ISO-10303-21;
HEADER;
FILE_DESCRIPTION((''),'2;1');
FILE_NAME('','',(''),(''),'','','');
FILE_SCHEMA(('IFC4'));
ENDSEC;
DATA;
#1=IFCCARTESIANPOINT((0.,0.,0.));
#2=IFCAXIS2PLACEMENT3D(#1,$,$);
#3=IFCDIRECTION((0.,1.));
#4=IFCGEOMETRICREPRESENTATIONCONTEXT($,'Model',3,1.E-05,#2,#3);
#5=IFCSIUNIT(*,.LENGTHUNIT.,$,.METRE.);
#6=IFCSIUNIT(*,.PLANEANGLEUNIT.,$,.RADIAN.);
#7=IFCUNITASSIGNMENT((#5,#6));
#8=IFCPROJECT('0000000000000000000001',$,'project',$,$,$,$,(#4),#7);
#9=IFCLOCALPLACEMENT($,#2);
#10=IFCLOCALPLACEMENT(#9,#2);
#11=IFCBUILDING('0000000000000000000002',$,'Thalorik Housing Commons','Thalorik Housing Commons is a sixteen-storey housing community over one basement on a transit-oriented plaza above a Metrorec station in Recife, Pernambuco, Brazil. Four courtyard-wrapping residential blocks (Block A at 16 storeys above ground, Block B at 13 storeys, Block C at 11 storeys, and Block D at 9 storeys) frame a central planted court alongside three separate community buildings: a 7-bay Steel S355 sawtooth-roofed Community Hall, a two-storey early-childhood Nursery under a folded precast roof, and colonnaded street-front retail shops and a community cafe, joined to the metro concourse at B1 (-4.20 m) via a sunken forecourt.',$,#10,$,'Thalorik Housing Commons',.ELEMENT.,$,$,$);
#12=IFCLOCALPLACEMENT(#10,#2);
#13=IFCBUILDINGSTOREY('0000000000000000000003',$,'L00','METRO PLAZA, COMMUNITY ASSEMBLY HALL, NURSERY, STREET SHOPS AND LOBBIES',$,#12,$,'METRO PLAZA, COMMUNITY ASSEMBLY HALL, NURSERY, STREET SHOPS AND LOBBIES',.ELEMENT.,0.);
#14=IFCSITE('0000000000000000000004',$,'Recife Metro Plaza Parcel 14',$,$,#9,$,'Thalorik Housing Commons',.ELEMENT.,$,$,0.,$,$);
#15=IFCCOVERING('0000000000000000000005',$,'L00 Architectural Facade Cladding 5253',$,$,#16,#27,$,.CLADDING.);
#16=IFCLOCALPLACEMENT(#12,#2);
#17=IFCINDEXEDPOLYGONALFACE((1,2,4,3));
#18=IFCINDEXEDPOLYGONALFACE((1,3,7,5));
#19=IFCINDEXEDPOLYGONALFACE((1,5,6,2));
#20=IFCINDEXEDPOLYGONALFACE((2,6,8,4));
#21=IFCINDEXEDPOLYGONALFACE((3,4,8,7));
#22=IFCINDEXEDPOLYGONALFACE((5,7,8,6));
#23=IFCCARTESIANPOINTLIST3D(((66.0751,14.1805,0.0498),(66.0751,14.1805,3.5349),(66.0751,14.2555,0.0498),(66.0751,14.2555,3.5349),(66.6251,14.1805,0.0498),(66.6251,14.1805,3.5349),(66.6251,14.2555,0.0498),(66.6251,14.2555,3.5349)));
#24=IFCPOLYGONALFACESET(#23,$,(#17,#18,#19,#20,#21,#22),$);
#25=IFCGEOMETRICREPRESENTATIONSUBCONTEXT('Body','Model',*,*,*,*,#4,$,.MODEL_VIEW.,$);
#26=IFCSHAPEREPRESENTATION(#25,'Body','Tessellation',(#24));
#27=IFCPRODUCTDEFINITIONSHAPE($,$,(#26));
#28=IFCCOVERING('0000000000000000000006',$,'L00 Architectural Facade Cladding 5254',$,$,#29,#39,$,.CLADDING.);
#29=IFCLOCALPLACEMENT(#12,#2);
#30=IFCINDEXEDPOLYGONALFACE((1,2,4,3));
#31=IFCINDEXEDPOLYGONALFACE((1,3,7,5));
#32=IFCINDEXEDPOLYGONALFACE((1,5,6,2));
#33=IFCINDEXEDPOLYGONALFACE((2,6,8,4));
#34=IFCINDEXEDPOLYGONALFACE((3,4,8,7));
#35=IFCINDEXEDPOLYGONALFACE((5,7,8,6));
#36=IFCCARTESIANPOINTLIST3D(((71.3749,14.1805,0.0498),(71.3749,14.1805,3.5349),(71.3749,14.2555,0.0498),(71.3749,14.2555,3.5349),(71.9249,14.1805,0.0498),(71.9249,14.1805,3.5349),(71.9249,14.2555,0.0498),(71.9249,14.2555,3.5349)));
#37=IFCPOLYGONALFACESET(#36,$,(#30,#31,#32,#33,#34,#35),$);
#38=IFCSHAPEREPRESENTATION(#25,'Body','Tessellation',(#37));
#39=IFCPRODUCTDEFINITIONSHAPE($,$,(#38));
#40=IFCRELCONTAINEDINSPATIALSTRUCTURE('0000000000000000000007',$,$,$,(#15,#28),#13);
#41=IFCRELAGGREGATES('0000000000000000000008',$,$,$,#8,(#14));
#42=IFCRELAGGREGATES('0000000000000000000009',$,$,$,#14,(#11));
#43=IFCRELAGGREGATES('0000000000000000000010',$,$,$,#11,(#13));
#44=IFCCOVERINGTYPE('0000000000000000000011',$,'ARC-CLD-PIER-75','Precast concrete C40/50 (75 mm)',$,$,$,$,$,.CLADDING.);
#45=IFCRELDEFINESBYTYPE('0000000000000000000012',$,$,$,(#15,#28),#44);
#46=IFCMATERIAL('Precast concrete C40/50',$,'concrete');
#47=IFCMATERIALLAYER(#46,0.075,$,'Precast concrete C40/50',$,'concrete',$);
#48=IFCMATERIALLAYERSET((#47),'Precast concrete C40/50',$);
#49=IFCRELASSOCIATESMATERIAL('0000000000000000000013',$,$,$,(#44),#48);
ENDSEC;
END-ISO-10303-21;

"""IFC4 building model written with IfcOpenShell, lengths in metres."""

from ifc_helpers import new_model, si_unit, direction, frame, origin, origin_2d, place, context, subcontext, project, spatial, rectangle, extrude, material, layer, layer_set, type_object, element, save


model = new_model("IFC4")

# Units and contexts
model_context = context("Model", 3, precision=1e-05, world=origin(), true_north=direction((0.0, 1.0)))
body_context = subcontext(model_context, "Body", "Model", "MODEL_VIEW")
ifc_project = project(units=[si_unit("LENGTHUNIT", "METRE"), si_unit("PLANEANGLEUNIT", "RADIAN")], contexts=[model_context])

# Site, building, storey
site_placement = place(None, origin())
site = spatial("IfcSite", under=ifc_project, at=site_placement, Name="Recife Metro Plaza Parcel 14", LongName="Thalorik Housing Commons", CompositionType="ELEMENT", RefElevation=0.0)
building_placement = place(site_placement, origin())
building = spatial("IfcBuilding", under=site, at=building_placement, Name="Thalorik Housing Commons", Description="Thalorik Housing Commons is a sixteen-storey housing community over one basement on a transit-oriented plaza above a Metrorec station in Recife, Pernambuco, Brazil. Four courtyard-wrapping residential blocks (Block A at 16 storeys above ground, Block B at 13 storeys, Block C at 11 storeys, and Block D at 9 storeys) frame a central planted court alongside three separate community buildings: a 7-bay Steel S355 sawtooth-roofed Community Hall, a two-storey early-childhood Nursery under a folded precast roof, and colonnaded street-front retail shops and a community cafe, joined to the metro concourse at B1 (-4.20 m) via a sunken forecourt.", LongName="Thalorik Housing Commons", CompositionType="ELEMENT")
storey_placement = place(building_placement, origin())
storey = spatial("IfcBuildingStorey", under=building, at=storey_placement, Name="L00", Description="METRO PLAZA, COMMUNITY ASSEMBLY HALL, NURSERY, STREET SHOPS AND LOBBIES", LongName="METRO PLAZA, COMMUNITY ASSEMBLY HALL, NURSERY, STREET SHOPS AND LOBBIES", CompositionType="ELEMENT", Elevation=0.0)

# Shared definitions
ifc_material_1 = material(Name="Precast concrete C40/50", Category="concrete")

# Coverings
ifc_layer_1 = layer(ifc_material_1, 0.075, Name="Precast concrete C40/50", Category="concrete")
ifc_layer_set_1 = layer_set([ifc_layer_1], Name="Precast concrete C40/50")
covering_type = type_object("IfcCoveringType", Name="ARC-CLD-PIER-75", Description="Precast concrete C40/50 (75 mm)", PredefinedType="CLADDING", material=ifc_layer_set_1)
for number, where, z_axis, x_axis, name in (
    (1, (66.3501, 14.218, 0.0498), (0.0, 0.0, 1.0), (1.0, 0.0, 0.0), "L00 Architectural Facade Cladding 5253"),
    (2, (71.6499, 14.218, 0.0498), (0.0, 0.0, 1.0), (1.0, 0.0, 0.0), "L00 Architectural Facade Cladding 5254"),
):
    element("IfcCovering", number, at=place(storey_placement, frame(where, z_axis=z_axis, x_axis=x_axis)), inside=storey, type_object=covering_type, Name=name, PredefinedType="CLADDING", context=body_context, shape_type="SweptSolid", body=[
        extrude(rectangle(XDim=0.55, YDim=0.075, at=origin_2d()), origin(), (0.0, 0.0, 1.0), 3.4851),
    ])

save(model, "model.ifc")
